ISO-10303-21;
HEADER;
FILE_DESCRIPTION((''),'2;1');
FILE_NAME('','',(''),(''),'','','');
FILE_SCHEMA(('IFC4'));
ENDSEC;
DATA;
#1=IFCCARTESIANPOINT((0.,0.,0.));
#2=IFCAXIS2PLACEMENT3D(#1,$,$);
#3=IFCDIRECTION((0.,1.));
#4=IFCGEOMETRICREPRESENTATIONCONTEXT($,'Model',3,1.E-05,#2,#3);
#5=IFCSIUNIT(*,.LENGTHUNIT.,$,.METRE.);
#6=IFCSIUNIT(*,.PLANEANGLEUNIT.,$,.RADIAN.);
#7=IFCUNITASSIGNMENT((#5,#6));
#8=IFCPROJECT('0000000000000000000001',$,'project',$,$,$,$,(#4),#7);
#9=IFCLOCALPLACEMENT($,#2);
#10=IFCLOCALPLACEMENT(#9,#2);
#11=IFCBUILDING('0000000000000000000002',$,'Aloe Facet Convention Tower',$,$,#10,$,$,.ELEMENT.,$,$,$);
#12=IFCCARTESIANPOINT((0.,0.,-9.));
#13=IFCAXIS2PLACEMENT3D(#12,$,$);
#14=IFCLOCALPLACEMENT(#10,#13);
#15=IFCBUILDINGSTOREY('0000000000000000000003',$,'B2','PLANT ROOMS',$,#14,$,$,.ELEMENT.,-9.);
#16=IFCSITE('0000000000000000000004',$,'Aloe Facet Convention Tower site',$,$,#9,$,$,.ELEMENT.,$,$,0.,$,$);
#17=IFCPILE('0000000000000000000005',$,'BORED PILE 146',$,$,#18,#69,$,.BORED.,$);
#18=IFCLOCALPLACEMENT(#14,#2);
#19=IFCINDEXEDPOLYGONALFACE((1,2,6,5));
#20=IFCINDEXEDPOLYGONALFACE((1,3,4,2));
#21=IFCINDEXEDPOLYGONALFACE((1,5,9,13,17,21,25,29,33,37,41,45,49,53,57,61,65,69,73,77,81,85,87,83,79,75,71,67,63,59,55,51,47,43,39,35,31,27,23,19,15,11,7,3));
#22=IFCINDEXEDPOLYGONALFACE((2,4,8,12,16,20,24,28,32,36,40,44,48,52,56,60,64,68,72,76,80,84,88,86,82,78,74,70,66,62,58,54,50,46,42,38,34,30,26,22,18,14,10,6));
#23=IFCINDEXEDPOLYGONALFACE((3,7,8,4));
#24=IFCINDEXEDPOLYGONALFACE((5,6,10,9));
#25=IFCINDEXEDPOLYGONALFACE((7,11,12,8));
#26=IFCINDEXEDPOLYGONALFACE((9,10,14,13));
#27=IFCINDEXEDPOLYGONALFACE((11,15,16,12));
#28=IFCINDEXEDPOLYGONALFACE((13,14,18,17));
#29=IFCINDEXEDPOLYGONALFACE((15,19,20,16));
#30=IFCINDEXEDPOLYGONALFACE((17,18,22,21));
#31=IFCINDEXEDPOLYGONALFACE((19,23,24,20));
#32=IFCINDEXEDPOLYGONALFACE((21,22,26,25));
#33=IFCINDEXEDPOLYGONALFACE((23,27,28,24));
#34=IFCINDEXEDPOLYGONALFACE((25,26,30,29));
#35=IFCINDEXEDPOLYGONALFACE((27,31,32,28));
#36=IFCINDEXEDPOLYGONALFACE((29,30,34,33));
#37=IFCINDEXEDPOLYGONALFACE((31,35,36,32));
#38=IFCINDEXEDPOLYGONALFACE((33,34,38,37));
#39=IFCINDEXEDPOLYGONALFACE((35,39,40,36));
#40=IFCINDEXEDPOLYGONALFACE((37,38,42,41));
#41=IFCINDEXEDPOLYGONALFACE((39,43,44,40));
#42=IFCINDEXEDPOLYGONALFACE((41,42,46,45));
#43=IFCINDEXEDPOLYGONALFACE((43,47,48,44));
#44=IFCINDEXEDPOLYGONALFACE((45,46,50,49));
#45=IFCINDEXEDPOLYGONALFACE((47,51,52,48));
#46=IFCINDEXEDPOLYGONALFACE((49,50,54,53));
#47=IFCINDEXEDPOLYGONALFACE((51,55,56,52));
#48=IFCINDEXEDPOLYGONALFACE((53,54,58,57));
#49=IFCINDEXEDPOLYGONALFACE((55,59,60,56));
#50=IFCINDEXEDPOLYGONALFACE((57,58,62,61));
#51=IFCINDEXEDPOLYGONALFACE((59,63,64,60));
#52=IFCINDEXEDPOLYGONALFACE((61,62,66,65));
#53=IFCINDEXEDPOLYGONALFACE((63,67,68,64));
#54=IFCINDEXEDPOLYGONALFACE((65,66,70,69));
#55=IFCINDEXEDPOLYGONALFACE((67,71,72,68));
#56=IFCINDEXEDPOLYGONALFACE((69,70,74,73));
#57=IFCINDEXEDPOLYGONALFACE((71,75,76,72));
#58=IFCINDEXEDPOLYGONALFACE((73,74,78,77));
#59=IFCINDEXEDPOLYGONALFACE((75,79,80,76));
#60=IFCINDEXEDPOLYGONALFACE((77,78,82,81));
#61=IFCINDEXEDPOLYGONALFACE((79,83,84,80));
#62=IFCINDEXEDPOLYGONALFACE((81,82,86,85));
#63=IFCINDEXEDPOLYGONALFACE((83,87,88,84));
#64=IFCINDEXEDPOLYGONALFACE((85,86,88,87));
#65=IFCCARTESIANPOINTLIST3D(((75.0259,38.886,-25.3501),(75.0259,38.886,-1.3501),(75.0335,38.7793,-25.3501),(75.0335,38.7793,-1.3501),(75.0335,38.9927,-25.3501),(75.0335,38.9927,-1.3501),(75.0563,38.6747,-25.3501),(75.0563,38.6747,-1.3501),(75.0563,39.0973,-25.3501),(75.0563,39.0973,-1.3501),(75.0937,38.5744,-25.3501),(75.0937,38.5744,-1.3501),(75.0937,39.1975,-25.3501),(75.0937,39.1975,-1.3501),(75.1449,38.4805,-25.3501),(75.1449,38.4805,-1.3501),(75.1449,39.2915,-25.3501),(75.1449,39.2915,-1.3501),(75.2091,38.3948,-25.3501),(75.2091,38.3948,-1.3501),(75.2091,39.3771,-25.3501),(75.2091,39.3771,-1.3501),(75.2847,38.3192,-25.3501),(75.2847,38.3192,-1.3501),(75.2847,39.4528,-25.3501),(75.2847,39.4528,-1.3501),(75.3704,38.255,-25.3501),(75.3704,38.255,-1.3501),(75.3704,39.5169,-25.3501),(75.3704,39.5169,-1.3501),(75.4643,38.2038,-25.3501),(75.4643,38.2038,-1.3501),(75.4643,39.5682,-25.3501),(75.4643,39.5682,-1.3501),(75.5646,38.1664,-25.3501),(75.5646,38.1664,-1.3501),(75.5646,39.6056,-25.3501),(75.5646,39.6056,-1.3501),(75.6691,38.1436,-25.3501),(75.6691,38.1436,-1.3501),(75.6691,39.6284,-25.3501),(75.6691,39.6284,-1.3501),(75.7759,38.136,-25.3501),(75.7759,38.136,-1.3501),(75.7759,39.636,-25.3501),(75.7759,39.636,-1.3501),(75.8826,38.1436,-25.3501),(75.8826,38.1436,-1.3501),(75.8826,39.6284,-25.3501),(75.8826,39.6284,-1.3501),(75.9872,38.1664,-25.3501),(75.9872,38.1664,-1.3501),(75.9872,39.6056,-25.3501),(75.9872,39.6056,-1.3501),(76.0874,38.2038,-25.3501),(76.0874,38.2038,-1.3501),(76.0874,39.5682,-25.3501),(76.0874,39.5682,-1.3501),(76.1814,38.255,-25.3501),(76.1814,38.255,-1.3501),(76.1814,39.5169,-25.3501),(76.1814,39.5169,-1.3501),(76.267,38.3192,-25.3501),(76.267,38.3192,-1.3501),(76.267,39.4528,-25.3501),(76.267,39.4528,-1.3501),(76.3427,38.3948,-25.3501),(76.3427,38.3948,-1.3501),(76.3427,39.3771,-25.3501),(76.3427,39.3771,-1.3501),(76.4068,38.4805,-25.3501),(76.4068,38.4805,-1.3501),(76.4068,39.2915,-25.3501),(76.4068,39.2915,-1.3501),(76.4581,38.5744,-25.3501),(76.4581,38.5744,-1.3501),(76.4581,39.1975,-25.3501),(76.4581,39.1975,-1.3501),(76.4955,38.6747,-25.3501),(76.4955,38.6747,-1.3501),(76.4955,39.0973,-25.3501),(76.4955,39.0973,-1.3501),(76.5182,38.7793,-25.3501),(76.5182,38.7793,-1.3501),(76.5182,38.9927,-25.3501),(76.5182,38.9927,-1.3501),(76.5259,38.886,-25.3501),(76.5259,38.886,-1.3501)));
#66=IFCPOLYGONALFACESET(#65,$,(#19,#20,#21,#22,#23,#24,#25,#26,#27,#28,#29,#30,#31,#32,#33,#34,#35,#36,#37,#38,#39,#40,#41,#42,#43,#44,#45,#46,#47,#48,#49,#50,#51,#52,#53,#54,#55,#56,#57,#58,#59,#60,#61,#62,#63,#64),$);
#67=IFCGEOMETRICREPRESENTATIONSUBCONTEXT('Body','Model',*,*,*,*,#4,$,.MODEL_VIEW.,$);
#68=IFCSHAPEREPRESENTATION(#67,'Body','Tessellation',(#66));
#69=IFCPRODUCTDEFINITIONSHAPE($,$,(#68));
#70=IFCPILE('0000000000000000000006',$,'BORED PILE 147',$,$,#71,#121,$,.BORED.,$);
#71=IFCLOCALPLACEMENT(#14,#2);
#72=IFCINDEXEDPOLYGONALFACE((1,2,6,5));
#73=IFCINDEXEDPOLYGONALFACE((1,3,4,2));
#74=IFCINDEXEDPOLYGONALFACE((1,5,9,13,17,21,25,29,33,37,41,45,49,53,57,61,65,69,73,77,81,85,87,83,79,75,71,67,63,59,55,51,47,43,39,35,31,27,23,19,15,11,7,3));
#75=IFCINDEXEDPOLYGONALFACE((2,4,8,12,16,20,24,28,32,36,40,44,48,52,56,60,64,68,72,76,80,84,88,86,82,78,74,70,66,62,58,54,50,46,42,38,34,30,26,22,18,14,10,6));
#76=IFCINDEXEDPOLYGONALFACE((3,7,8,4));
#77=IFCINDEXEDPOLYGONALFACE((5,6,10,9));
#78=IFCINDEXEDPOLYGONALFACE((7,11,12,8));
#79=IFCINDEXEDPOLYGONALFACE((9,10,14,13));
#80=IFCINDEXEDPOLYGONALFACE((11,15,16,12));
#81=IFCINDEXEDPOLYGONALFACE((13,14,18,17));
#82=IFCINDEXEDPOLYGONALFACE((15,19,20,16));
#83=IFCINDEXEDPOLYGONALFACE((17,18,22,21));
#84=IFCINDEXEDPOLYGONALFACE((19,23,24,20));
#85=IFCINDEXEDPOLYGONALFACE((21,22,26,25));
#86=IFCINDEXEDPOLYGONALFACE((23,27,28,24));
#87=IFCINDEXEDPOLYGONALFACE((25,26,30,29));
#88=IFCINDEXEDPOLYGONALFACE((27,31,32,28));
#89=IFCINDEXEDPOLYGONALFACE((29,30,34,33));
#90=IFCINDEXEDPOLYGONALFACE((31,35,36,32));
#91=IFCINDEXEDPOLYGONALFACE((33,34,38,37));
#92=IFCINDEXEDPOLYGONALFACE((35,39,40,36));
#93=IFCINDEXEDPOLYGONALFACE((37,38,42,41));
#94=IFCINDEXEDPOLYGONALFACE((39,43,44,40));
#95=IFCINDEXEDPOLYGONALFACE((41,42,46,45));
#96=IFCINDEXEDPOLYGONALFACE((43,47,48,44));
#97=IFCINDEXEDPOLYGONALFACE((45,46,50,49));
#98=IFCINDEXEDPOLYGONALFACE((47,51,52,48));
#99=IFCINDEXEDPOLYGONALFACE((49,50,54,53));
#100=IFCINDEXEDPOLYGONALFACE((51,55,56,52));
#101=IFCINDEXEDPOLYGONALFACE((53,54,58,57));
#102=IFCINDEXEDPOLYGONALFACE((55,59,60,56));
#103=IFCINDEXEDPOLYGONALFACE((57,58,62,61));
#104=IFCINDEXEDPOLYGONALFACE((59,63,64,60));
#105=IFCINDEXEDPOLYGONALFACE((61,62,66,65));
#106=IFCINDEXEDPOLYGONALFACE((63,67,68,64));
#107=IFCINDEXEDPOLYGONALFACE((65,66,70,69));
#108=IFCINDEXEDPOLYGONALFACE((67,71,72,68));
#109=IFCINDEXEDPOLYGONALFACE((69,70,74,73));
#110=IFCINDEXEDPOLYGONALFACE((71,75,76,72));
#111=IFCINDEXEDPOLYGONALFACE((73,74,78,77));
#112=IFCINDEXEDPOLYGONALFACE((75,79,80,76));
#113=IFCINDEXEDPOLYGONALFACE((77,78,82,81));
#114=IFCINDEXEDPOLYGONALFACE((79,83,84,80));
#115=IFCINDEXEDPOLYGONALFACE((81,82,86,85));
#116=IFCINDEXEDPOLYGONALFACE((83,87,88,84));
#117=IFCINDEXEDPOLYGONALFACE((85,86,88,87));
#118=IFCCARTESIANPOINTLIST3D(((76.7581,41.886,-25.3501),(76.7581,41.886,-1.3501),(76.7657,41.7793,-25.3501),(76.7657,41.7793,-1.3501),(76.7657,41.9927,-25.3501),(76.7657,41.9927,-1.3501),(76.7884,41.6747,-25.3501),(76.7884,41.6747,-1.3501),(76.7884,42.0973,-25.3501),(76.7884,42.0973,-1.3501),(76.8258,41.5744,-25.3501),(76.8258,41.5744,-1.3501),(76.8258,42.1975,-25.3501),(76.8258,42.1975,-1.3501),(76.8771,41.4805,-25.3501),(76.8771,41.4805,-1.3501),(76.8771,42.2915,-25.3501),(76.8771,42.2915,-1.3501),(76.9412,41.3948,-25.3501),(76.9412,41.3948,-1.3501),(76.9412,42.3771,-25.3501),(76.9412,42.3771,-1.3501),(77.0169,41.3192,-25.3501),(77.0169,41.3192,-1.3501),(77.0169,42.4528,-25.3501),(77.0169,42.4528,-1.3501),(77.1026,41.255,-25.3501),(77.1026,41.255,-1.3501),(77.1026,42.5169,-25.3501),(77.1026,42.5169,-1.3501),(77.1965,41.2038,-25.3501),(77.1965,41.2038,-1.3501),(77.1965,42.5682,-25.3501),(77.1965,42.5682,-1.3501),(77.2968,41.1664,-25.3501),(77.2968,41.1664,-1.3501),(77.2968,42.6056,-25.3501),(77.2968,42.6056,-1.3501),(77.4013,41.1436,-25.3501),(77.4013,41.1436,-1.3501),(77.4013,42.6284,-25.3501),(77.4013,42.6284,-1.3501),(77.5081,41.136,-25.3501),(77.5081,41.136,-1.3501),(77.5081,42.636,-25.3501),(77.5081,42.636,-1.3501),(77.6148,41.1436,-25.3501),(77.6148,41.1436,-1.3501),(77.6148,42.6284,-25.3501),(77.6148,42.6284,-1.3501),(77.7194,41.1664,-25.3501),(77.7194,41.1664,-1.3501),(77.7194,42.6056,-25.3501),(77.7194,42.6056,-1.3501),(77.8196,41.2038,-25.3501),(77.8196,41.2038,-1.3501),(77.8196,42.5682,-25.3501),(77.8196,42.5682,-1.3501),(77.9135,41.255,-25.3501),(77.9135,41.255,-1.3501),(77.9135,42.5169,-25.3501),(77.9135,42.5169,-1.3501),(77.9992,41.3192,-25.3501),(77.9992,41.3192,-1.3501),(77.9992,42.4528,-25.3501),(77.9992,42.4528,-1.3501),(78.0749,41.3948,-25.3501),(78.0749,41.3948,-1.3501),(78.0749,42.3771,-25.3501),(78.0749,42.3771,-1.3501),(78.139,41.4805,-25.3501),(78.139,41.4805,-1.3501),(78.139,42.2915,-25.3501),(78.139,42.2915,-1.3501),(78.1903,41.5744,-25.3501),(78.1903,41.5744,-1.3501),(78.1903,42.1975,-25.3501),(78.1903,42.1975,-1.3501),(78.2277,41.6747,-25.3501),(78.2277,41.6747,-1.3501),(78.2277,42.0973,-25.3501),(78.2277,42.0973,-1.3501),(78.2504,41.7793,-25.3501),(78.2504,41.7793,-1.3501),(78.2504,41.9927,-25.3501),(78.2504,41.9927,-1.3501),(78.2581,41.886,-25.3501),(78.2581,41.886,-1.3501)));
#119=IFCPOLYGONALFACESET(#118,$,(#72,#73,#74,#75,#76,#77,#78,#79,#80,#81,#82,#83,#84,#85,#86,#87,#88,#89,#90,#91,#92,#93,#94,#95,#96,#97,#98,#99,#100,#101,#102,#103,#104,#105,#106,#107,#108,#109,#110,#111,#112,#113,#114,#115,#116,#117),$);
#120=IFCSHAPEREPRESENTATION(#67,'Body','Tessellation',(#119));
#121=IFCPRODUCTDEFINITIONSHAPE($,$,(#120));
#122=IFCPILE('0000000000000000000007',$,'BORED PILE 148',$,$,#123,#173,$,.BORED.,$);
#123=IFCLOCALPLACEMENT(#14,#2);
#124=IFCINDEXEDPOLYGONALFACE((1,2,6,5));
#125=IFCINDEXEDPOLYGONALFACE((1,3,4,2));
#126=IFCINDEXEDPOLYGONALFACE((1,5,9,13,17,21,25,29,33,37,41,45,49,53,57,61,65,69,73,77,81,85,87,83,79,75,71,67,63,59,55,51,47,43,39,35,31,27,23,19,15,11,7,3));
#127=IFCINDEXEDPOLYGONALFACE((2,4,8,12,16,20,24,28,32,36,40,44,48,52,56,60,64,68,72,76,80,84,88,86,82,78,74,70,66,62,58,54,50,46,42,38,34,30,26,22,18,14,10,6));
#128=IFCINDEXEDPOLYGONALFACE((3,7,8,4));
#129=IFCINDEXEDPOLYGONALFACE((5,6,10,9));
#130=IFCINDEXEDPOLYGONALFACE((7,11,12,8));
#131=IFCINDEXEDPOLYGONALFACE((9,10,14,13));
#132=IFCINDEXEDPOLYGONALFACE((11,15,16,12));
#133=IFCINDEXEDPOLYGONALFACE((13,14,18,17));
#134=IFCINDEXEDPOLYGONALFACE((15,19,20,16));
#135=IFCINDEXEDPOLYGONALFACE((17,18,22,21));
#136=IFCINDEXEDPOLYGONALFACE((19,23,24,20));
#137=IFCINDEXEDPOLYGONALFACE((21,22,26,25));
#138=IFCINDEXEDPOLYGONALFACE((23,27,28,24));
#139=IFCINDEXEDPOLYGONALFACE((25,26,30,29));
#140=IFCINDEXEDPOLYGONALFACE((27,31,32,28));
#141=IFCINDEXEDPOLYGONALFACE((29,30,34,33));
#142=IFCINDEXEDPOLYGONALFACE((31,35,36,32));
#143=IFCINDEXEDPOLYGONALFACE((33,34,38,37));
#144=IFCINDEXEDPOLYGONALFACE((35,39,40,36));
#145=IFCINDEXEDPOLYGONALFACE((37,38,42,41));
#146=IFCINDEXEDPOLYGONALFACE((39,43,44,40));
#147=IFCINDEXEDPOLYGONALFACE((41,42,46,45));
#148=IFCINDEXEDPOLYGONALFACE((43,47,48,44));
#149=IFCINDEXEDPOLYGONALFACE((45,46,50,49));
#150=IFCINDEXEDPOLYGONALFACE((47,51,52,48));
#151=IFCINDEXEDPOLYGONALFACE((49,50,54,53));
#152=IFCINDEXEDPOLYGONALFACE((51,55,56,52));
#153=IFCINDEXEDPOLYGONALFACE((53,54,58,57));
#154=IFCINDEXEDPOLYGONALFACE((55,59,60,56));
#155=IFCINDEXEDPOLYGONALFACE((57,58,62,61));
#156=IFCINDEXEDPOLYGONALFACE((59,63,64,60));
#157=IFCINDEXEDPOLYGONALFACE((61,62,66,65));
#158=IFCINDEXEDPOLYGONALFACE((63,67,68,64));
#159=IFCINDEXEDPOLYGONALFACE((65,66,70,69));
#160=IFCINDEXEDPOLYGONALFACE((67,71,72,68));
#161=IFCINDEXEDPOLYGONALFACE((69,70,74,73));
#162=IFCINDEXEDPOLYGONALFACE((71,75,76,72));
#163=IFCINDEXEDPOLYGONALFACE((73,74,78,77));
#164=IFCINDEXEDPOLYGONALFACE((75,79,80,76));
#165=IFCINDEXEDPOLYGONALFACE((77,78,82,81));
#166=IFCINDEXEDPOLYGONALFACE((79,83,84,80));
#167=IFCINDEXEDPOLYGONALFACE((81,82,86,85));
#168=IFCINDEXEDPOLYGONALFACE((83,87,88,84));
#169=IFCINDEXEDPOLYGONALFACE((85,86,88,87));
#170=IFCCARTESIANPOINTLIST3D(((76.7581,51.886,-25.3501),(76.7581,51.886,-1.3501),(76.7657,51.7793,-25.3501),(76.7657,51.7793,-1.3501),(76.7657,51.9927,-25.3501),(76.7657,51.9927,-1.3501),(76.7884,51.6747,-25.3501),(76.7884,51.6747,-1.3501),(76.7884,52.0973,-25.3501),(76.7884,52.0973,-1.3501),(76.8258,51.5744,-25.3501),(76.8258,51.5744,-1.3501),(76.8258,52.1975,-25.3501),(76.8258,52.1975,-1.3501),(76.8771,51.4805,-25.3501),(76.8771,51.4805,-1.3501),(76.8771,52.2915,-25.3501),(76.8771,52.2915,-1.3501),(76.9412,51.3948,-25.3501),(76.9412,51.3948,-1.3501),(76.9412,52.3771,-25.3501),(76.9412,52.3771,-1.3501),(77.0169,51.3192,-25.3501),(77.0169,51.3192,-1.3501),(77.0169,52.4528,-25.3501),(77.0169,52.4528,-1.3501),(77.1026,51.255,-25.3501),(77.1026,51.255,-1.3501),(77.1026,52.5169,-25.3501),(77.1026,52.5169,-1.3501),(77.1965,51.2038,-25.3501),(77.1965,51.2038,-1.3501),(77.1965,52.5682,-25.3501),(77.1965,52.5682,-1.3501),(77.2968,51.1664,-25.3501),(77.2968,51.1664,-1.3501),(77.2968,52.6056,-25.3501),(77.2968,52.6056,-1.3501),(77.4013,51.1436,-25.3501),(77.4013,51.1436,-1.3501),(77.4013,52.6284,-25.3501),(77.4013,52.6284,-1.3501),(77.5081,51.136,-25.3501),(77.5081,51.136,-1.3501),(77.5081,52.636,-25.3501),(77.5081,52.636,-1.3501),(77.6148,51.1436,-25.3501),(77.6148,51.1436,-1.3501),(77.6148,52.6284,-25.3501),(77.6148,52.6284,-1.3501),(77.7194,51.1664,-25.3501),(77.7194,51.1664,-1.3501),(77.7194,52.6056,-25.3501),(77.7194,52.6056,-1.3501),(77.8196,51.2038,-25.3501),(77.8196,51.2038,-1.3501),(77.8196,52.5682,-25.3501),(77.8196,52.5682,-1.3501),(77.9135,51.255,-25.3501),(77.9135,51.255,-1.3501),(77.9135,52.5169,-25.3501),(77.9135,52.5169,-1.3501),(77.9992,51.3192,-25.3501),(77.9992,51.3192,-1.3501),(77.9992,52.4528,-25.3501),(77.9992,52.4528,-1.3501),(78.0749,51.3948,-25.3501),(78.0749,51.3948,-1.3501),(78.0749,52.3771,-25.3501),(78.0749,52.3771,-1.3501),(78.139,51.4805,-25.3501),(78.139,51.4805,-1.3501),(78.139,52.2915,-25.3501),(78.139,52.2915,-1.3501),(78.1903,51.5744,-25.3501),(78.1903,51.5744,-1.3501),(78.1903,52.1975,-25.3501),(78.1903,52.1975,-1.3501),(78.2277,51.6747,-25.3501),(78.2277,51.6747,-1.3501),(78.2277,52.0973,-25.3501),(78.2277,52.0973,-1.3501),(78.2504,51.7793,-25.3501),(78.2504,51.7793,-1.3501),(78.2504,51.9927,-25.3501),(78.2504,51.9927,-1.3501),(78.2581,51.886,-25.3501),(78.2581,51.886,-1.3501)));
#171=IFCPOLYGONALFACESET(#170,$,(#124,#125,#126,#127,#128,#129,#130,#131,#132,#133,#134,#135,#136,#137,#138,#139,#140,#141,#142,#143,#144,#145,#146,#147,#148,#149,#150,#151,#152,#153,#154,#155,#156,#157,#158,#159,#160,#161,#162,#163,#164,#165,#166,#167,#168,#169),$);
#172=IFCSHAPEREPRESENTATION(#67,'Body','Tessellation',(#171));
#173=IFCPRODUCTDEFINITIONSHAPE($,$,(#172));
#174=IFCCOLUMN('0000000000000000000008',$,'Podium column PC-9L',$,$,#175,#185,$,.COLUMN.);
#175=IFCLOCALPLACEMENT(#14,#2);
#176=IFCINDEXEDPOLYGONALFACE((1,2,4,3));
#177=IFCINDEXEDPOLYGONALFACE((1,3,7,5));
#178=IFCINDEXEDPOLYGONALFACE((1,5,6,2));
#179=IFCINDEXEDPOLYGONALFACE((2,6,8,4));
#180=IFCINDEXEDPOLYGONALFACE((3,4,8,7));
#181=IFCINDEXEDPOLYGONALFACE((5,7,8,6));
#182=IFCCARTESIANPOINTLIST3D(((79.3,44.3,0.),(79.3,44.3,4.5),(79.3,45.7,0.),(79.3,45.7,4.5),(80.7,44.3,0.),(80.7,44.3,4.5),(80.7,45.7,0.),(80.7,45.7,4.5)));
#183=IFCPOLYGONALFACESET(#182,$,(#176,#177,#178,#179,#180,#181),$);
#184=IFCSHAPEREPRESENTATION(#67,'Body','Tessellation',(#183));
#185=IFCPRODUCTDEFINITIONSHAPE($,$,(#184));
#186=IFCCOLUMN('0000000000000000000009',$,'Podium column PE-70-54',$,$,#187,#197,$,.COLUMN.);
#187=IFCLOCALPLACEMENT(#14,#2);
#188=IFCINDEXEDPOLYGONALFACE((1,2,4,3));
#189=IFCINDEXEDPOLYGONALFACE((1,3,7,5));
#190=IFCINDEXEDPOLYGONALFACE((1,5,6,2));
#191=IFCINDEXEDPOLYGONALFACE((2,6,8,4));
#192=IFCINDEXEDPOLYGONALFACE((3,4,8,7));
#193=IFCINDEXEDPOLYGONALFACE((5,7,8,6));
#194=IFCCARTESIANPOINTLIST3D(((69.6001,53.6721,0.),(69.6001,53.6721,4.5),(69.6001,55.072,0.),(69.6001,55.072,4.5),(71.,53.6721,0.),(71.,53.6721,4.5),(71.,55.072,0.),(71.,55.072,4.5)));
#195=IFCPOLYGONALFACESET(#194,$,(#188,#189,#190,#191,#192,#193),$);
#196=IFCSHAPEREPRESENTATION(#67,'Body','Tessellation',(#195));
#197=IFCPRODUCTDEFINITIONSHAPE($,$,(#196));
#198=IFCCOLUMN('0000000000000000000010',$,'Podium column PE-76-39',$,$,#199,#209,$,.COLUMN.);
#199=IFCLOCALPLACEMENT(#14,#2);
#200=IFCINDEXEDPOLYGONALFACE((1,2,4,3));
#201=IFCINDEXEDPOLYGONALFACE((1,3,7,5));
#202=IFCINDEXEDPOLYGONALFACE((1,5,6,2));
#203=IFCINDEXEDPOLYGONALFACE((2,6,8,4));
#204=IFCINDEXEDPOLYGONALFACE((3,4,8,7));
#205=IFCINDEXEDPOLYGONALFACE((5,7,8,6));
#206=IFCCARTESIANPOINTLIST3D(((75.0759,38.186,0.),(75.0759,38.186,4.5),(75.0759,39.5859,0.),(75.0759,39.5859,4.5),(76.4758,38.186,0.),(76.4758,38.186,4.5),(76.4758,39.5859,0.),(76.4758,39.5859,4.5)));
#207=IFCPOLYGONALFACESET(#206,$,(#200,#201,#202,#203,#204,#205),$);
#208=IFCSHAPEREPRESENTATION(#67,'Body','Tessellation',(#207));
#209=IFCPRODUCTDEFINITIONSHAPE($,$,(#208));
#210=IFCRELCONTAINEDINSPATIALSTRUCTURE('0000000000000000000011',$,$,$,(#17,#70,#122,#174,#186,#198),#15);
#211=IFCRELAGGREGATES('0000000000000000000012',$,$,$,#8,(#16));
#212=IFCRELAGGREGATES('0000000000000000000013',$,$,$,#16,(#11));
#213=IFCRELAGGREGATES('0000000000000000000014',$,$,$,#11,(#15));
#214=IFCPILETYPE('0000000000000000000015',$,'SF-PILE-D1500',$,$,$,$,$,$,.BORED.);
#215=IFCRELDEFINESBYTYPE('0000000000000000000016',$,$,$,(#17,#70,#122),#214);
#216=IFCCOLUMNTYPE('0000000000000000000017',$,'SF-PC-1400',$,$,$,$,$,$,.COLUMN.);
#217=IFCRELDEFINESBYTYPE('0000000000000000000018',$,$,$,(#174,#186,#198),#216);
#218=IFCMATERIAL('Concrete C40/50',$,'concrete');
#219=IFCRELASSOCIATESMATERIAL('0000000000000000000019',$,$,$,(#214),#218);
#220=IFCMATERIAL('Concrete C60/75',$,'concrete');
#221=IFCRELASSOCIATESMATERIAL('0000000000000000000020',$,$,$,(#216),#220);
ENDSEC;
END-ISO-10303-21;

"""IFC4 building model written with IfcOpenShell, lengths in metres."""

from ifc_helpers import new_model, si_unit, direction, frame, origin, origin_2d, place, context, subcontext, project, spatial, rectangle, circle, extrude, material, material_profile, profile_set, type_object, element, save


model = new_model("IFC4")

# Units and contexts
model_context = context("Model", 3, precision=1e-05, world=origin(), true_north=direction((0.0, 1.0)))
body_context = subcontext(model_context, "Body", "Model", "MODEL_VIEW")
ifc_project = project(units=[si_unit("LENGTHUNIT", "METRE"), si_unit("PLANEANGLEUNIT", "RADIAN")], contexts=[model_context])

# Site, building, storey
site_placement = place(None, origin())
site = spatial("IfcSite", under=ifc_project, at=site_placement, Name="Aloe Facet Convention Tower site", CompositionType="ELEMENT", RefElevation=0.0)
building_placement = place(site_placement, origin())
building = spatial("IfcBuilding", under=site, at=building_placement, Name="Aloe Facet Convention Tower", CompositionType="ELEMENT")
storey_placement = place(building_placement, frame((0.0, 0.0, -9.0)))
storey = spatial("IfcBuildingStorey", under=building, at=storey_placement, Name="B2", Description="PLANT ROOMS", CompositionType="ELEMENT", Elevation=-9.0)

# Piles
ifc_material_1 = material(Name="Concrete C40/50", Category="concrete")
ifc_material_profile_1 = material_profile(ifc_material_1, circle(Radius=0.75, at=origin_2d()), Name="D1500")
ifc_profile_set_1 = profile_set([ifc_material_profile_1], Name="Concrete C40/50")
pile_type = type_object("IfcPileType", Name="SF-PILE-D1500", PredefinedType="BORED", material=ifc_profile_set_1)
for number, where, z_axis, x_axis, name in (
    (1, (75.7759, 38.886, -1.3501), (0.0, 0.0, -1.0), (1.0, 0.0, 0.0), "BORED PILE 146"),
    (2, (77.5081, 41.886, -1.3501), (0.0, 0.0, -1.0), (1.0, 0.0, 0.0), "BORED PILE 147"),
    (3, (77.5081, 51.886, -1.3501), (0.0, 0.0, -1.0), (1.0, 0.0, 0.0), "BORED PILE 148"),
):
    element("IfcPile", number, at=place(storey_placement, frame(where, z_axis=z_axis, x_axis=x_axis)), inside=storey, type_object=pile_type, Name=name, PredefinedType="BORED", context=body_context, shape_type="SweptSolid", body=[
        extrude(circle(Radius=0.75, at=origin_2d()), origin(), (0.0, 0.0, 1.0), 24.0),
    ])

# Columns
ifc_material_2 = material(Name="Concrete C60/75", Category="concrete")
ifc_material_profile_2 = material_profile(ifc_material_2, rectangle(XDim=1.3999, YDim=1.3999, at=origin_2d()), Name="SF-PC-1400")
ifc_profile_set_2 = profile_set([ifc_material_profile_2], Name="Concrete C60/75")
column_type = type_object("IfcColumnType", Name="SF-PC-1400", PredefinedType="COLUMN", material=ifc_profile_set_2)
for number, where, z_axis, x_axis, name in (
    (4, (80.0, 45.0, 0.0), (0.0, 0.0, 1.0), (1.0, 0.0, 0.0), "Podium column PC-9L"),
    (5, (70.3, 54.3721, 0.0), (0.0, 0.0, 1.0), (1.0, 0.0, 0.0), "Podium column PE-70-54"),
    (6, (75.7759, 38.886, 0.0), (0.0, 0.0, 1.0), (1.0, 0.0, 0.0), "Podium column PE-76-39"),
):
    element("IfcColumn", number, at=place(storey_placement, frame(where, z_axis=z_axis, x_axis=x_axis)), inside=storey, type_object=column_type, Name=name, PredefinedType="COLUMN", context=body_context, shape_type="SweptSolid", body=[
        extrude(rectangle(XDim=1.3999, YDim=1.3999, at=origin_2d()), origin(), (0.0, 0.0, 1.0), 4.5),
    ])

save(model, "model.ifc")
